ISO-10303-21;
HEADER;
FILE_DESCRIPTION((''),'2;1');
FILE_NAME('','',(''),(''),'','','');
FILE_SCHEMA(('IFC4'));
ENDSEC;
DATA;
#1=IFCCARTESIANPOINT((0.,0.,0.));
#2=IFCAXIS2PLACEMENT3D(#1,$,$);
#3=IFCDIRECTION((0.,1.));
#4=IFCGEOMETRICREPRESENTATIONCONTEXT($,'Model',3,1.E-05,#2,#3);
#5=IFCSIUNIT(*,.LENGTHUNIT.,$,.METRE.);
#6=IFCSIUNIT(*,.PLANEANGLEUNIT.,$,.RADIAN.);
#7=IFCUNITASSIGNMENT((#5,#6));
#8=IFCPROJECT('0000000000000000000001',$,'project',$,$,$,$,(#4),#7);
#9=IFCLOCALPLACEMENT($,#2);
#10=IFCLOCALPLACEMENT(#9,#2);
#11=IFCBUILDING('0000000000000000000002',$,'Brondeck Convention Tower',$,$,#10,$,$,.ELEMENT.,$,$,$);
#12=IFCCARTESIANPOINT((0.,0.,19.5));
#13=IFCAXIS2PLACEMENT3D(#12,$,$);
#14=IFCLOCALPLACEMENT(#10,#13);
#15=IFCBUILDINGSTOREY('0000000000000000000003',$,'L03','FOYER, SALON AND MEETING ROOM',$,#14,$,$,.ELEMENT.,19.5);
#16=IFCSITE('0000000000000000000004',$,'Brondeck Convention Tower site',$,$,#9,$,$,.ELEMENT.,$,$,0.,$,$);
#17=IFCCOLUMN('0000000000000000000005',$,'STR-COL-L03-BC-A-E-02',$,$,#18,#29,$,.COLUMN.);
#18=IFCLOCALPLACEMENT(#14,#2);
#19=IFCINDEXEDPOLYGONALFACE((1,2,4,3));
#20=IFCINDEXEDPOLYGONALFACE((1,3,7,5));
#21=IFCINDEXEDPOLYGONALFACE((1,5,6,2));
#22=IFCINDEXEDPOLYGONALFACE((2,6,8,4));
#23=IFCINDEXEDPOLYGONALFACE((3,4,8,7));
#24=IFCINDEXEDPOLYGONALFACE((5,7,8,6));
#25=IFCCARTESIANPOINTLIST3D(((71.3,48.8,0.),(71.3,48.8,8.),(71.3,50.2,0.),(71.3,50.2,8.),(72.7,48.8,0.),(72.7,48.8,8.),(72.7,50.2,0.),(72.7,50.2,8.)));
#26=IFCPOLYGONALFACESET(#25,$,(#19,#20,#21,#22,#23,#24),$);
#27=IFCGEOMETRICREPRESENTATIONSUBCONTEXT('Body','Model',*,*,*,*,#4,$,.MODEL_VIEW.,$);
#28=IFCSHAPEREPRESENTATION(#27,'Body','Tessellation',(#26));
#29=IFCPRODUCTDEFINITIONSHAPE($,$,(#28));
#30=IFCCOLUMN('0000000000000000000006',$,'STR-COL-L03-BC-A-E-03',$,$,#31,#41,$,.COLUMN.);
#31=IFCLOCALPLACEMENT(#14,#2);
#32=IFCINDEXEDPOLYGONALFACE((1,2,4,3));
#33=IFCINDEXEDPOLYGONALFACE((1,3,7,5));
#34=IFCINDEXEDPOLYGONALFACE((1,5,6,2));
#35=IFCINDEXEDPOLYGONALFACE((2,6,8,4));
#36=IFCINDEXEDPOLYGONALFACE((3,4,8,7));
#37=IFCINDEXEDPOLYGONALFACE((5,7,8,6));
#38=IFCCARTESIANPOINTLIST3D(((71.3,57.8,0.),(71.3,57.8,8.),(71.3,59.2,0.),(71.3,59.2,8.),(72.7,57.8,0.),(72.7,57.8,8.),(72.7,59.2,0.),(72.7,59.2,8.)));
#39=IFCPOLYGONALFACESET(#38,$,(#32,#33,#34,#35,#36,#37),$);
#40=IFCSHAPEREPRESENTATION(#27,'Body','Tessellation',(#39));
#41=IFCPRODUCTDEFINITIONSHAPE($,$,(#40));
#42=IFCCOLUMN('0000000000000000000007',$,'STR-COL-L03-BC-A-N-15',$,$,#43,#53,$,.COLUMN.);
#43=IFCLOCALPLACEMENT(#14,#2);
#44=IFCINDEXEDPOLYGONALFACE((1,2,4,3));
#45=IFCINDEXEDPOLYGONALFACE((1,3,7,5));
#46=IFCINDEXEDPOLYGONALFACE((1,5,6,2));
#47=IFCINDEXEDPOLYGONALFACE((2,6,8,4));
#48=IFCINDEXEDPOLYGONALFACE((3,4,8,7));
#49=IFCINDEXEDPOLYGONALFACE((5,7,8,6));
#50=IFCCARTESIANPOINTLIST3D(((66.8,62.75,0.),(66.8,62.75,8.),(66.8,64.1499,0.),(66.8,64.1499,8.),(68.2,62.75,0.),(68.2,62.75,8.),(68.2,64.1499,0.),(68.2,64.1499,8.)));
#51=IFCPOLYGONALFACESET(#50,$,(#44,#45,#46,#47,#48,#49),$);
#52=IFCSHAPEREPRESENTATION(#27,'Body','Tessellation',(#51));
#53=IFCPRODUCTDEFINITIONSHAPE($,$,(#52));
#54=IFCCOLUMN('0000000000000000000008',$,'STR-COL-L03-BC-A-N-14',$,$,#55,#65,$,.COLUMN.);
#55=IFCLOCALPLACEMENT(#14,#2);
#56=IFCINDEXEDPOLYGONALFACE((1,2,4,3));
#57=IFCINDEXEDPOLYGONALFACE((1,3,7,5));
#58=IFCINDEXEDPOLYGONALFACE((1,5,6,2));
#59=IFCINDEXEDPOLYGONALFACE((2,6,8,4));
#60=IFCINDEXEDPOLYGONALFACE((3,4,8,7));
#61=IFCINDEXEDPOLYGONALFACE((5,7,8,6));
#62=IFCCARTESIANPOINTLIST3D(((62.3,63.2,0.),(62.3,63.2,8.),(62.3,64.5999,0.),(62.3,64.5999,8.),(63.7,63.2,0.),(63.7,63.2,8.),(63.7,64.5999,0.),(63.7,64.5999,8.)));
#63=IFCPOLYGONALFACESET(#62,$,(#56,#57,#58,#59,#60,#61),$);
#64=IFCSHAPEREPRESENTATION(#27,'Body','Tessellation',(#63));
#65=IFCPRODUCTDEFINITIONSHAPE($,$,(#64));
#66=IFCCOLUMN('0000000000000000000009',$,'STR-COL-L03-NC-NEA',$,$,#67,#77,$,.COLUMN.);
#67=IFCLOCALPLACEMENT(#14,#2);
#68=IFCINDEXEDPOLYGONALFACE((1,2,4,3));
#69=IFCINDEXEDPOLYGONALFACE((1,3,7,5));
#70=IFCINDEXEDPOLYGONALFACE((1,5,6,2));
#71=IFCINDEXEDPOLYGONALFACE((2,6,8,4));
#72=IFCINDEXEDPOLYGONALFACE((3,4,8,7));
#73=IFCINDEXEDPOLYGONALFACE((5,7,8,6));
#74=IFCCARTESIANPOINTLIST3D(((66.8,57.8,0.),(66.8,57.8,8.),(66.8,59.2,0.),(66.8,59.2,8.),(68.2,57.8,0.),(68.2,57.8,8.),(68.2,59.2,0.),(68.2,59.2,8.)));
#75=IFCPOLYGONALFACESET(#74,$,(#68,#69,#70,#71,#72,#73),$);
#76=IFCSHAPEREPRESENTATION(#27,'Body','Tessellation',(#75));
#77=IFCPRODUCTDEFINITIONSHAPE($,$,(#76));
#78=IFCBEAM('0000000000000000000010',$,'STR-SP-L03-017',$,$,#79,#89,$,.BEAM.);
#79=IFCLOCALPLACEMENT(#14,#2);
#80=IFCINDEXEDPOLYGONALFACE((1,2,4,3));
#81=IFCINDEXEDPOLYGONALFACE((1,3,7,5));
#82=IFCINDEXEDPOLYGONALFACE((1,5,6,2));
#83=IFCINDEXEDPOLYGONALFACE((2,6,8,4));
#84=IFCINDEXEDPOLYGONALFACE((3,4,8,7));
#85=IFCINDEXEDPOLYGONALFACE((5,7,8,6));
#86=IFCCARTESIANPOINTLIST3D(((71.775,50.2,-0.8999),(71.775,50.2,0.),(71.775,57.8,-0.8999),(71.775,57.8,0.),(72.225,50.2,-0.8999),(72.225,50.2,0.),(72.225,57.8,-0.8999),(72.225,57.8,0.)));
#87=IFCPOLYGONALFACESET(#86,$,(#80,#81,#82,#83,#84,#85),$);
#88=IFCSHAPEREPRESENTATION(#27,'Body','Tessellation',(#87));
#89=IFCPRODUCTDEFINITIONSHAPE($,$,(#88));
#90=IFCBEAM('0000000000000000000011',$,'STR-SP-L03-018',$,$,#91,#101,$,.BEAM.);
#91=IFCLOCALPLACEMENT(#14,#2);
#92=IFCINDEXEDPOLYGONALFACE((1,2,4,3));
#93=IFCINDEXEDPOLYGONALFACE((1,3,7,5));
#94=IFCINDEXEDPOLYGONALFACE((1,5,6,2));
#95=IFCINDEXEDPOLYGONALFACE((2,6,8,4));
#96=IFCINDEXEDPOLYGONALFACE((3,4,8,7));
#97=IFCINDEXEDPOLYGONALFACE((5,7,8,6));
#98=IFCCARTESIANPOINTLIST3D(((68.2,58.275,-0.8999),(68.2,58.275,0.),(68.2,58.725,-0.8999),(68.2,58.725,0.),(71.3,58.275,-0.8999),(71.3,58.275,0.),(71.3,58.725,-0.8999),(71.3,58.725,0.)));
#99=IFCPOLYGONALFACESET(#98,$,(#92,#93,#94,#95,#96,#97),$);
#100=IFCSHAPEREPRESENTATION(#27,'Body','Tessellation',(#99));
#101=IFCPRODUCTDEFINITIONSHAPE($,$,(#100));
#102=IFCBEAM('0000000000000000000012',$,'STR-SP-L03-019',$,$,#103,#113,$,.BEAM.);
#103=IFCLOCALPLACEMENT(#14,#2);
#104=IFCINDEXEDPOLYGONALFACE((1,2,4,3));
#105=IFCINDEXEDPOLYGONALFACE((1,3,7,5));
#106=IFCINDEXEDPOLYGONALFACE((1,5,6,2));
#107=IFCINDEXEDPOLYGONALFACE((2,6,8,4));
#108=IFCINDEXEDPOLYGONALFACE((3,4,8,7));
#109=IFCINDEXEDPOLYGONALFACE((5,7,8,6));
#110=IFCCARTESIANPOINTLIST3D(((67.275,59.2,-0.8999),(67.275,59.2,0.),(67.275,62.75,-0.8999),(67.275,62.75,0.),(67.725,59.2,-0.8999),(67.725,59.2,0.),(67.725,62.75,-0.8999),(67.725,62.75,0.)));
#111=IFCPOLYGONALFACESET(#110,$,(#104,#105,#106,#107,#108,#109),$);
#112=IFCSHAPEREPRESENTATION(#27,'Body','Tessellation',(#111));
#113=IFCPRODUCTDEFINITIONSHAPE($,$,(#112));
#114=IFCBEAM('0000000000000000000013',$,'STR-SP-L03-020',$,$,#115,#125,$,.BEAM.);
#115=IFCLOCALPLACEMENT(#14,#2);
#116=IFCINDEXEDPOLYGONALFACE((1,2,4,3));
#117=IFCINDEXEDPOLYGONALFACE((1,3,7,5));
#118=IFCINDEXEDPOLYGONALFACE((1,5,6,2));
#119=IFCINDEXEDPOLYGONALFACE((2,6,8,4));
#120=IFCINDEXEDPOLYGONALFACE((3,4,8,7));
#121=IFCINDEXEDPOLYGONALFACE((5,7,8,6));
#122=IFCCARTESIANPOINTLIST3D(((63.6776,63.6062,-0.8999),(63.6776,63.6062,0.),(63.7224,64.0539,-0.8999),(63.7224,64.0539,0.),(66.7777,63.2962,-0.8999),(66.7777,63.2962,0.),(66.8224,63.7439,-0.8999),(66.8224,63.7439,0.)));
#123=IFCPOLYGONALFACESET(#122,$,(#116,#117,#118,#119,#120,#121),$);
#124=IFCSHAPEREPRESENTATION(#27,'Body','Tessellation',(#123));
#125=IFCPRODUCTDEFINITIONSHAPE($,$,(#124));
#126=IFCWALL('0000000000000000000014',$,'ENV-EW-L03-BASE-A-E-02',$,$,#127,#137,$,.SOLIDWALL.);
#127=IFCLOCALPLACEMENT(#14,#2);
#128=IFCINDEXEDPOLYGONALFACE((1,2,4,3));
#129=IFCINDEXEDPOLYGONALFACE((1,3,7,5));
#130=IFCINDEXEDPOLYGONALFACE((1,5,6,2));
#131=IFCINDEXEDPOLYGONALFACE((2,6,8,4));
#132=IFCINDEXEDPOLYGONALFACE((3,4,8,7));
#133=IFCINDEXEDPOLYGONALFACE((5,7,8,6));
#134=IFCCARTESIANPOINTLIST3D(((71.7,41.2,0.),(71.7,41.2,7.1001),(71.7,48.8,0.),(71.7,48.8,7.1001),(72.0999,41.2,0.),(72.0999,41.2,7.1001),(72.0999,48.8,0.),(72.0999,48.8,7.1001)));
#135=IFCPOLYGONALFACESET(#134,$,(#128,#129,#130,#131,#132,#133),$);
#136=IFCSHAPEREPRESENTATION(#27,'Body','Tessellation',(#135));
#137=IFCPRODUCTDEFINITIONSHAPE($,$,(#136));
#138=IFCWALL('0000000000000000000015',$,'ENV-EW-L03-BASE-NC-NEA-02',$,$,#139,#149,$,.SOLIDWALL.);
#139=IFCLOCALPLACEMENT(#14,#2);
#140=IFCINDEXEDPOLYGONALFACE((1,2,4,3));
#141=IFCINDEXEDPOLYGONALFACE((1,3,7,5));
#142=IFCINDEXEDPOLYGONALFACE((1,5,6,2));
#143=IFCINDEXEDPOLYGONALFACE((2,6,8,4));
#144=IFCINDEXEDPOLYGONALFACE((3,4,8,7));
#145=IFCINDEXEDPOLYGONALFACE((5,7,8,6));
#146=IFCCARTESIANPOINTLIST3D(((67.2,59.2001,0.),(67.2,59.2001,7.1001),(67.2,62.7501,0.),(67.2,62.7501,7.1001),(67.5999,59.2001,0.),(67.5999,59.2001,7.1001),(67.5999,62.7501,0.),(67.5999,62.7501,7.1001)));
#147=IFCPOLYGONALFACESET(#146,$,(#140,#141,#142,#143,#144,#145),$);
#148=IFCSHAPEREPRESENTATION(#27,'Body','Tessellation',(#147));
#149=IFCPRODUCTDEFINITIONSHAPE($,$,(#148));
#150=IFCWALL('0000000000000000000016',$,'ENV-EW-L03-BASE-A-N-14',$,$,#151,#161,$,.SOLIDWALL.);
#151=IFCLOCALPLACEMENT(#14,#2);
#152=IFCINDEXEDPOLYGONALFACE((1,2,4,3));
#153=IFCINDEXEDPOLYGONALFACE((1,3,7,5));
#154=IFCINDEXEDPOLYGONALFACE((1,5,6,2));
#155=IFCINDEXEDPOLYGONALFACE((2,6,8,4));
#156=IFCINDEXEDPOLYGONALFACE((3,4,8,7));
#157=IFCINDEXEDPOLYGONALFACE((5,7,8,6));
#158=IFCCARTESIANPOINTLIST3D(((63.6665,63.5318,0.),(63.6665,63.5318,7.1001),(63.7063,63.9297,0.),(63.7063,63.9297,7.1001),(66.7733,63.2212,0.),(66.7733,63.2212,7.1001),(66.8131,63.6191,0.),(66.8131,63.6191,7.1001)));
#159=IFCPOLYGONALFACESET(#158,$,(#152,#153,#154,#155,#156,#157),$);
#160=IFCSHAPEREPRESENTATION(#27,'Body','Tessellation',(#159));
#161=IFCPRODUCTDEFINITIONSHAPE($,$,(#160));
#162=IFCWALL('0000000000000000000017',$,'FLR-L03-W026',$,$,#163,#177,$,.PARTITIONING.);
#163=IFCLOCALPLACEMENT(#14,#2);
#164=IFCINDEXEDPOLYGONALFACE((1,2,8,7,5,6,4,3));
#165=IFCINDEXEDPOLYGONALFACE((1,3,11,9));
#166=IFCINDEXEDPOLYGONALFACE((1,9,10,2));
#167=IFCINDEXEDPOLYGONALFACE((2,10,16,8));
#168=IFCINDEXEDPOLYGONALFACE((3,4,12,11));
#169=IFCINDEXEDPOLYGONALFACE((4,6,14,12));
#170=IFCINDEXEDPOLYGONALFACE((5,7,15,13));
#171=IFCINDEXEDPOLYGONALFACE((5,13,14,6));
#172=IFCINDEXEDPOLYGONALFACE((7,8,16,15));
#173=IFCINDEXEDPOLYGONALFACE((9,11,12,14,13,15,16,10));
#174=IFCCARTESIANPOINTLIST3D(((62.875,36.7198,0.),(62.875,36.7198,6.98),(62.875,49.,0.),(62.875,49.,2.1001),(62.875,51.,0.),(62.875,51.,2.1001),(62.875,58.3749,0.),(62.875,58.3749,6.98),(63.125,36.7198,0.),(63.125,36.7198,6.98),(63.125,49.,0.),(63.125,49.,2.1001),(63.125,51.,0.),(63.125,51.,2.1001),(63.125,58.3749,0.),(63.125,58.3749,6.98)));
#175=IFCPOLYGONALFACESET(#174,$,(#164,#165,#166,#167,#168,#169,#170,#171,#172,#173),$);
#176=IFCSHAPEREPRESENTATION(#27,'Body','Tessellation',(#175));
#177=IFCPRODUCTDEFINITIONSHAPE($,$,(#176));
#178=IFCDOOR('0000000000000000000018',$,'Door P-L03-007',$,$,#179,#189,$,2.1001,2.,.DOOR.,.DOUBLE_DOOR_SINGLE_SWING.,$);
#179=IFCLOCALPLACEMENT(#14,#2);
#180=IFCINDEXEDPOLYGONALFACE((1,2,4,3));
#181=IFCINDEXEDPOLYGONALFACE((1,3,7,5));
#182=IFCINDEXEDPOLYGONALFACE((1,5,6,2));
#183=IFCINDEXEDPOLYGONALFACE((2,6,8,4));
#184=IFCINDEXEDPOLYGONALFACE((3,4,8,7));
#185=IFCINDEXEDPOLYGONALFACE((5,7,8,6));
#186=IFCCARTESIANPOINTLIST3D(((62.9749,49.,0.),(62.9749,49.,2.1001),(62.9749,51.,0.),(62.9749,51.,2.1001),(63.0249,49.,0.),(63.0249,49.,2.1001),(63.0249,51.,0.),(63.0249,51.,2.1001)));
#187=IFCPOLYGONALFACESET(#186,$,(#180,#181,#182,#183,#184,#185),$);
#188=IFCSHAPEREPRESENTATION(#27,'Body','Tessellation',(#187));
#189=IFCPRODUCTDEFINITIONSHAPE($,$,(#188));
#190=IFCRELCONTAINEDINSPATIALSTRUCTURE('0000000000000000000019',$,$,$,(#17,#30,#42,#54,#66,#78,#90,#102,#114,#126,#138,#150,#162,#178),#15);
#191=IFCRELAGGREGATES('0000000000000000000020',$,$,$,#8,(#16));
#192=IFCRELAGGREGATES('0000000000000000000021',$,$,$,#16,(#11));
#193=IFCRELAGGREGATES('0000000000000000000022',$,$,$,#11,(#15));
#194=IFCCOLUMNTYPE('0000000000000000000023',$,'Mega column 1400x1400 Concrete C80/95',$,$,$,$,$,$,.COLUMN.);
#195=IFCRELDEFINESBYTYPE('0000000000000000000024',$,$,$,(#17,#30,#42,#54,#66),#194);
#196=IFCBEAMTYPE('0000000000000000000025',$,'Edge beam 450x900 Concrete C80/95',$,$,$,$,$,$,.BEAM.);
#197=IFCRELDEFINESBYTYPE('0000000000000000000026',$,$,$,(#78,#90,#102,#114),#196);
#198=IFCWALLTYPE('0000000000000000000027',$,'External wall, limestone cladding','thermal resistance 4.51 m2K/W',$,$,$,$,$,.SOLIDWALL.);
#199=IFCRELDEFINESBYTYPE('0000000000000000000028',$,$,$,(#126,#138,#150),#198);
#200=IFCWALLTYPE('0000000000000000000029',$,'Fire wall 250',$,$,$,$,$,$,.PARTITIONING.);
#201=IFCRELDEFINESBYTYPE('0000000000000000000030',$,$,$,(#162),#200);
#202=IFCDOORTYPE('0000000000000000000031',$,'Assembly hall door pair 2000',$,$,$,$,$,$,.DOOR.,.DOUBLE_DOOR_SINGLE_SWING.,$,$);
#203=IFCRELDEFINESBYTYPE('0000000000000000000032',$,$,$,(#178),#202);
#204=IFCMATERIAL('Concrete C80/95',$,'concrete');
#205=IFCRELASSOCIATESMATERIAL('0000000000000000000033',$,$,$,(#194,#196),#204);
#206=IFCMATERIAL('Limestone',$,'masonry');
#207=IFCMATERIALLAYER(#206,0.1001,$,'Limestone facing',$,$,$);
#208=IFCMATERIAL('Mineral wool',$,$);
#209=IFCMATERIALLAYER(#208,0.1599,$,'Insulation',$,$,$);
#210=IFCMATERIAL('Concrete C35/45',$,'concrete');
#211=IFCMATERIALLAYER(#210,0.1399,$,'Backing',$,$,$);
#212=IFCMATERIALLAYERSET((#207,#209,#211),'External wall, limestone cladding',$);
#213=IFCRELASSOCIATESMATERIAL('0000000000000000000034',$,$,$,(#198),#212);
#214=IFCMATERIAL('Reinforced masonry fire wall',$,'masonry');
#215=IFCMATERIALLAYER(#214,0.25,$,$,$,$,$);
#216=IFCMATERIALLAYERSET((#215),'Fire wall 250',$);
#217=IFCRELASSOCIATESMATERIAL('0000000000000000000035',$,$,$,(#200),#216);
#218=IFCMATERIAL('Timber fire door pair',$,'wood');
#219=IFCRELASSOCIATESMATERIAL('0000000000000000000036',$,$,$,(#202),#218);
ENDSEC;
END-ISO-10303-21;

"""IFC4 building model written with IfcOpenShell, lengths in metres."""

from ifc_helpers import new_model, si_unit, direction, frame, frame_2d, origin, origin_2d, place, context, subcontext, project, spatial, rectangle, extrude, material, layer, layer_set, material_profile, profile_set, type_object, element, fill, save


model = new_model("IFC4")

# Units and contexts
model_context = context("Model", 3, precision=1e-05, world=origin(), true_north=direction((0.0, 1.0)))
body_context = subcontext(model_context, "Body", "Model", "MODEL_VIEW")
ifc_project = project(units=[si_unit("LENGTHUNIT", "METRE"), si_unit("PLANEANGLEUNIT", "RADIAN")], contexts=[model_context])

# Site, building, storey
site_placement = place(None, origin())
site = spatial("IfcSite", under=ifc_project, at=site_placement, Name="Brondeck Convention Tower site", CompositionType="ELEMENT", RefElevation=0.0)
building_placement = place(site_placement, origin())
building = spatial("IfcBuilding", under=site, at=building_placement, Name="Brondeck Convention Tower", CompositionType="ELEMENT")
storey_placement = place(building_placement, frame((0.0, 0.0, 19.5)))
storey = spatial("IfcBuildingStorey", under=building, at=storey_placement, Name="L03", Description="FOYER, SALON AND MEETING ROOM", CompositionType="ELEMENT", Elevation=19.5)

# Columns
ifc_material_1 = material(Name="Concrete C80/95", Category="concrete")
ifc_material_profile_1 = material_profile(ifc_material_1, rectangle(XDim=1.3999, YDim=1.3999, at=origin_2d()), Name="Mega column 1400x1400 Concrete C80/95")
ifc_profile_set_1 = profile_set([ifc_material_profile_1], Name="Concrete C80/95")
column_type = type_object("IfcColumnType", Name="Mega column 1400x1400 Concrete C80/95", PredefinedType="COLUMN", material=ifc_profile_set_1)
for number, where, z_axis, x_axis, name in (
    (1, (72.0, 49.5, 0.0), (0.0, 0.0, 1.0), (1.0, 0.0, 0.0), "STR-COL-L03-BC-A-E-02"),
    (2, (72.0, 58.5, 0.0), (0.0, 0.0, 1.0), (1.0, 0.0, 0.0), "STR-COL-L03-BC-A-E-03"),
    (3, (67.5, 63.45, 0.0), (0.0, 0.0, 1.0), (1.0, 0.0, 0.0), "STR-COL-L03-BC-A-N-15"),
    (4, (63.0, 63.8999, 0.0), (0.0, 0.0, 1.0), (1.0, 0.0, 0.0), "STR-COL-L03-BC-A-N-14"),
    (5, (67.5, 58.5, 0.0), (0.0, 0.0, 1.0), (1.0, 0.0, 0.0), "STR-COL-L03-NC-NEA"),
):
    element("IfcColumn", number, at=place(storey_placement, frame(where, z_axis=z_axis, x_axis=x_axis)), inside=storey, type_object=column_type, Name=name, PredefinedType="COLUMN", context=body_context, shape_type="SweptSolid", body=[
        extrude(rectangle(XDim=1.3999, YDim=1.3999, at=origin_2d()), origin(), (0.0, 0.0, 1.0), 8.0),
    ])

# Beams
ifc_material_profile_2 = material_profile(ifc_material_1, rectangle(XDim=0.45, YDim=0.8999, at=origin_2d()), Name="Edge beam 450x900 Concrete C80/95")
ifc_profile_set_2 = profile_set([ifc_material_profile_2], Name="Concrete C80/95")
beam_type = type_object("IfcBeamType", Name="Edge beam 450x900 Concrete C80/95", PredefinedType="BEAM", material=ifc_profile_set_2)
beam_1_placement = place(storey_placement, frame((72.0, 50.2, -0.45), z_axis=(0.0, 1.0, 0.0), x_axis=(-1.0, 0.0, 0.0)))
element("IfcBeam", 6, at=beam_1_placement, inside=storey, type_object=beam_type, Name="STR-SP-L03-017", PredefinedType="BEAM", context=body_context, shape_type="SweptSolid", body=[
    extrude(rectangle(XDim=0.45, YDim=0.8999, at=origin_2d()), origin(), (0.0, 0.0, 1.0), 7.6001),
])
beam_2_placement = place(storey_placement, frame((71.3, 58.5, -0.45), z_axis=(-1.0, 0.0, 0.0), x_axis=(0.0, -1.0, 0.0)))
element("IfcBeam", 7, at=beam_2_placement, inside=storey, type_object=beam_type, Name="STR-SP-L03-018", PredefinedType="BEAM", context=body_context, shape_type="SweptSolid", body=[
    extrude(rectangle(XDim=0.45, YDim=0.8999, at=origin_2d()), origin(), (0.0, 0.0, 1.0), 3.1001),
])
beam_3_placement = place(storey_placement, frame((67.5, 59.2, -0.45), z_axis=(0.0, 1.0, 0.0), x_axis=(-1.0, 0.0, 0.0)))
element("IfcBeam", 8, at=beam_3_placement, inside=storey, type_object=beam_type, Name="STR-SP-L03-019", PredefinedType="BEAM", context=body_context, shape_type="SweptSolid", body=[
    extrude(rectangle(XDim=0.45, YDim=0.8999, at=origin_2d()), origin(), (0.0, 0.0, 1.0), 3.55),
])
beam_4_placement = place(storey_placement, frame((66.8, 63.52, -0.45), z_axis=(-0.995036, 0.099519, 0.0), x_axis=(-0.099519, -0.995036, 0.0)))
element("IfcBeam", 9, at=beam_4_placement, inside=storey, type_object=beam_type, Name="STR-SP-L03-020", PredefinedType="BEAM", context=body_context, shape_type="SweptSolid", body=[
    extrude(rectangle(XDim=0.45, YDim=0.8999, at=origin_2d()), origin(), (0.0, 0.0, 1.0), 3.1155),
])

# Walls
ifc_material_2 = material(Name="Limestone", Category="masonry")
ifc_layer_1 = layer(ifc_material_2, 0.1001, Name="Limestone facing")
ifc_material_3 = material(Name="Mineral wool")
ifc_layer_2 = layer(ifc_material_3, 0.1599, Name="Insulation")
ifc_material_4 = material(Name="Concrete C35/45", Category="concrete")
ifc_layer_3 = layer(ifc_material_4, 0.1399, Name="Backing")
ifc_layer_set_1 = layer_set([ifc_layer_1, ifc_layer_2, ifc_layer_3], Name="External wall, limestone cladding")
wall_type_1 = type_object("IfcWallType", Name="External wall, limestone cladding", Description="thermal resistance 4.51 m2K/W", PredefinedType="SOLIDWALL", material=ifc_layer_set_1)
wall_1_placement = place(storey_placement, frame((71.8999, 48.8, 0.0), z_axis=(0.0, 0.0, 1.0), x_axis=(0.0, -1.0, 0.0)))
element("IfcWall", 10, at=wall_1_placement, inside=storey, type_object=wall_type_1, Name="ENV-EW-L03-BASE-A-E-02", PredefinedType="SOLIDWALL", context=body_context, shape_type="SweptSolid", body=[
    extrude(rectangle(XDim=7.6001, YDim=0.3999, at=frame_2d((3.8, 0.0))), origin(), (0.0, 0.0, 1.0), 7.1001),
])
wall_2_placement = place(storey_placement, frame((67.3999, 62.75, 0.0), z_axis=(0.0, 0.0, 1.0), x_axis=(0.0, -1.0, 0.0)))
element("IfcWall", 11, at=wall_2_placement, inside=storey, type_object=wall_type_1, Name="ENV-EW-L03-BASE-NC-NEA-02", PredefinedType="SOLIDWALL", context=body_context, shape_type="SweptSolid", body=[
    extrude(rectangle(XDim=3.55, YDim=0.3999, at=frame_2d((1.7749, 0.0))), origin(), (0.0, 0.0, 1.0), 7.1001),
])
wall_3_placement = place(storey_placement, frame((63.6865, 63.7307, 0.0), z_axis=(0.0, 0.0, 1.0), x_axis=(0.995042, -0.099457, 0.0)))
element("IfcWall", 12, at=wall_3_placement, inside=storey, type_object=wall_type_1, Name="ENV-EW-L03-BASE-A-N-14", PredefinedType="SOLIDWALL", context=body_context, shape_type="SweptSolid", body=[
    extrude(rectangle(XDim=3.1223, YDim=0.3999, at=frame_2d((1.561, 0.0))), origin(), (0.0, 0.0, 1.0), 7.1001),
])

# Wall, opening, door
ifc_material_5 = material(Name="Reinforced masonry fire wall", Category="masonry")
ifc_layer_4 = layer(ifc_material_5, 0.25)
ifc_layer_set_2 = layer_set([ifc_layer_4], Name="Fire wall 250")
wall_type_2 = type_object("IfcWallType", Name="Fire wall 250", PredefinedType="PARTITIONING", material=ifc_layer_set_2)
wall_4_placement = place(storey_placement, frame((63.0, 58.375, 0.0), z_axis=(0.0, 0.0, 1.0), x_axis=(0.0, -1.0, 0.0)))
wall_4 = element("IfcWall", 13, at=wall_4_placement, inside=storey, type_object=wall_type_2, Name="FLR-L03-W026", PredefinedType="PARTITIONING", context=body_context, shape_type="SweptSolid", body=[
    extrude(rectangle(XDim=21.655, YDim=0.25, at=frame_2d((10.8276, 0.0))), origin(), (0.0, 0.0, 1.0), 6.98),
])
opening_1_placement = place(wall_4_placement, frame((7.375, 0.0, 0.0)))
opening_1 = element("IfcOpeningElement", 14, at=opening_1_placement, cuts=wall_4, PredefinedType="OPENING", context=body_context, shape_type="SweptSolid", body=[
    extrude(rectangle(XDim=2.0, YDim=2.1001, at=frame_2d((1.0, 1.05))), frame((0.0, 0.135, 0.0), z_axis=(0.0, -1.0, 0.0), x_axis=(1.0, 0.0, 0.0)), (0.0, 0.0, 1.0), 0.27),
])
ifc_material_6 = material(Name="Timber fire door pair", Category="wood")
door_type_1 = type_object("IfcDoorType", Name="Assembly hall door pair 2000", OperationType="DOUBLE_DOOR_SINGLE_SWING", PredefinedType="DOOR", material=ifc_material_6)
door_1_placement = place(opening_1_placement, origin())
door_1 = element("IfcDoor", 15, at=door_1_placement, inside=storey, type_object=door_type_1, Name="Door P-L03-007", OperationType="DOUBLE_DOOR_SINGLE_SWING", OverallHeight=2.1001, OverallWidth=2.0, PredefinedType="DOOR", context=body_context, shape_type="SweptSolid", body=[
    extrude(rectangle(XDim=2.0, YDim=2.1001, at=frame_2d((1.0, 1.05))), frame((0.0, 0.0249, 0.0), z_axis=(0.0, -1.0, 0.0), x_axis=(1.0, 0.0, 0.0)), (0.0, 0.0, 1.0), 0.05),
])
fill(opening_1, door_1)

save(model, "model.ifc")
